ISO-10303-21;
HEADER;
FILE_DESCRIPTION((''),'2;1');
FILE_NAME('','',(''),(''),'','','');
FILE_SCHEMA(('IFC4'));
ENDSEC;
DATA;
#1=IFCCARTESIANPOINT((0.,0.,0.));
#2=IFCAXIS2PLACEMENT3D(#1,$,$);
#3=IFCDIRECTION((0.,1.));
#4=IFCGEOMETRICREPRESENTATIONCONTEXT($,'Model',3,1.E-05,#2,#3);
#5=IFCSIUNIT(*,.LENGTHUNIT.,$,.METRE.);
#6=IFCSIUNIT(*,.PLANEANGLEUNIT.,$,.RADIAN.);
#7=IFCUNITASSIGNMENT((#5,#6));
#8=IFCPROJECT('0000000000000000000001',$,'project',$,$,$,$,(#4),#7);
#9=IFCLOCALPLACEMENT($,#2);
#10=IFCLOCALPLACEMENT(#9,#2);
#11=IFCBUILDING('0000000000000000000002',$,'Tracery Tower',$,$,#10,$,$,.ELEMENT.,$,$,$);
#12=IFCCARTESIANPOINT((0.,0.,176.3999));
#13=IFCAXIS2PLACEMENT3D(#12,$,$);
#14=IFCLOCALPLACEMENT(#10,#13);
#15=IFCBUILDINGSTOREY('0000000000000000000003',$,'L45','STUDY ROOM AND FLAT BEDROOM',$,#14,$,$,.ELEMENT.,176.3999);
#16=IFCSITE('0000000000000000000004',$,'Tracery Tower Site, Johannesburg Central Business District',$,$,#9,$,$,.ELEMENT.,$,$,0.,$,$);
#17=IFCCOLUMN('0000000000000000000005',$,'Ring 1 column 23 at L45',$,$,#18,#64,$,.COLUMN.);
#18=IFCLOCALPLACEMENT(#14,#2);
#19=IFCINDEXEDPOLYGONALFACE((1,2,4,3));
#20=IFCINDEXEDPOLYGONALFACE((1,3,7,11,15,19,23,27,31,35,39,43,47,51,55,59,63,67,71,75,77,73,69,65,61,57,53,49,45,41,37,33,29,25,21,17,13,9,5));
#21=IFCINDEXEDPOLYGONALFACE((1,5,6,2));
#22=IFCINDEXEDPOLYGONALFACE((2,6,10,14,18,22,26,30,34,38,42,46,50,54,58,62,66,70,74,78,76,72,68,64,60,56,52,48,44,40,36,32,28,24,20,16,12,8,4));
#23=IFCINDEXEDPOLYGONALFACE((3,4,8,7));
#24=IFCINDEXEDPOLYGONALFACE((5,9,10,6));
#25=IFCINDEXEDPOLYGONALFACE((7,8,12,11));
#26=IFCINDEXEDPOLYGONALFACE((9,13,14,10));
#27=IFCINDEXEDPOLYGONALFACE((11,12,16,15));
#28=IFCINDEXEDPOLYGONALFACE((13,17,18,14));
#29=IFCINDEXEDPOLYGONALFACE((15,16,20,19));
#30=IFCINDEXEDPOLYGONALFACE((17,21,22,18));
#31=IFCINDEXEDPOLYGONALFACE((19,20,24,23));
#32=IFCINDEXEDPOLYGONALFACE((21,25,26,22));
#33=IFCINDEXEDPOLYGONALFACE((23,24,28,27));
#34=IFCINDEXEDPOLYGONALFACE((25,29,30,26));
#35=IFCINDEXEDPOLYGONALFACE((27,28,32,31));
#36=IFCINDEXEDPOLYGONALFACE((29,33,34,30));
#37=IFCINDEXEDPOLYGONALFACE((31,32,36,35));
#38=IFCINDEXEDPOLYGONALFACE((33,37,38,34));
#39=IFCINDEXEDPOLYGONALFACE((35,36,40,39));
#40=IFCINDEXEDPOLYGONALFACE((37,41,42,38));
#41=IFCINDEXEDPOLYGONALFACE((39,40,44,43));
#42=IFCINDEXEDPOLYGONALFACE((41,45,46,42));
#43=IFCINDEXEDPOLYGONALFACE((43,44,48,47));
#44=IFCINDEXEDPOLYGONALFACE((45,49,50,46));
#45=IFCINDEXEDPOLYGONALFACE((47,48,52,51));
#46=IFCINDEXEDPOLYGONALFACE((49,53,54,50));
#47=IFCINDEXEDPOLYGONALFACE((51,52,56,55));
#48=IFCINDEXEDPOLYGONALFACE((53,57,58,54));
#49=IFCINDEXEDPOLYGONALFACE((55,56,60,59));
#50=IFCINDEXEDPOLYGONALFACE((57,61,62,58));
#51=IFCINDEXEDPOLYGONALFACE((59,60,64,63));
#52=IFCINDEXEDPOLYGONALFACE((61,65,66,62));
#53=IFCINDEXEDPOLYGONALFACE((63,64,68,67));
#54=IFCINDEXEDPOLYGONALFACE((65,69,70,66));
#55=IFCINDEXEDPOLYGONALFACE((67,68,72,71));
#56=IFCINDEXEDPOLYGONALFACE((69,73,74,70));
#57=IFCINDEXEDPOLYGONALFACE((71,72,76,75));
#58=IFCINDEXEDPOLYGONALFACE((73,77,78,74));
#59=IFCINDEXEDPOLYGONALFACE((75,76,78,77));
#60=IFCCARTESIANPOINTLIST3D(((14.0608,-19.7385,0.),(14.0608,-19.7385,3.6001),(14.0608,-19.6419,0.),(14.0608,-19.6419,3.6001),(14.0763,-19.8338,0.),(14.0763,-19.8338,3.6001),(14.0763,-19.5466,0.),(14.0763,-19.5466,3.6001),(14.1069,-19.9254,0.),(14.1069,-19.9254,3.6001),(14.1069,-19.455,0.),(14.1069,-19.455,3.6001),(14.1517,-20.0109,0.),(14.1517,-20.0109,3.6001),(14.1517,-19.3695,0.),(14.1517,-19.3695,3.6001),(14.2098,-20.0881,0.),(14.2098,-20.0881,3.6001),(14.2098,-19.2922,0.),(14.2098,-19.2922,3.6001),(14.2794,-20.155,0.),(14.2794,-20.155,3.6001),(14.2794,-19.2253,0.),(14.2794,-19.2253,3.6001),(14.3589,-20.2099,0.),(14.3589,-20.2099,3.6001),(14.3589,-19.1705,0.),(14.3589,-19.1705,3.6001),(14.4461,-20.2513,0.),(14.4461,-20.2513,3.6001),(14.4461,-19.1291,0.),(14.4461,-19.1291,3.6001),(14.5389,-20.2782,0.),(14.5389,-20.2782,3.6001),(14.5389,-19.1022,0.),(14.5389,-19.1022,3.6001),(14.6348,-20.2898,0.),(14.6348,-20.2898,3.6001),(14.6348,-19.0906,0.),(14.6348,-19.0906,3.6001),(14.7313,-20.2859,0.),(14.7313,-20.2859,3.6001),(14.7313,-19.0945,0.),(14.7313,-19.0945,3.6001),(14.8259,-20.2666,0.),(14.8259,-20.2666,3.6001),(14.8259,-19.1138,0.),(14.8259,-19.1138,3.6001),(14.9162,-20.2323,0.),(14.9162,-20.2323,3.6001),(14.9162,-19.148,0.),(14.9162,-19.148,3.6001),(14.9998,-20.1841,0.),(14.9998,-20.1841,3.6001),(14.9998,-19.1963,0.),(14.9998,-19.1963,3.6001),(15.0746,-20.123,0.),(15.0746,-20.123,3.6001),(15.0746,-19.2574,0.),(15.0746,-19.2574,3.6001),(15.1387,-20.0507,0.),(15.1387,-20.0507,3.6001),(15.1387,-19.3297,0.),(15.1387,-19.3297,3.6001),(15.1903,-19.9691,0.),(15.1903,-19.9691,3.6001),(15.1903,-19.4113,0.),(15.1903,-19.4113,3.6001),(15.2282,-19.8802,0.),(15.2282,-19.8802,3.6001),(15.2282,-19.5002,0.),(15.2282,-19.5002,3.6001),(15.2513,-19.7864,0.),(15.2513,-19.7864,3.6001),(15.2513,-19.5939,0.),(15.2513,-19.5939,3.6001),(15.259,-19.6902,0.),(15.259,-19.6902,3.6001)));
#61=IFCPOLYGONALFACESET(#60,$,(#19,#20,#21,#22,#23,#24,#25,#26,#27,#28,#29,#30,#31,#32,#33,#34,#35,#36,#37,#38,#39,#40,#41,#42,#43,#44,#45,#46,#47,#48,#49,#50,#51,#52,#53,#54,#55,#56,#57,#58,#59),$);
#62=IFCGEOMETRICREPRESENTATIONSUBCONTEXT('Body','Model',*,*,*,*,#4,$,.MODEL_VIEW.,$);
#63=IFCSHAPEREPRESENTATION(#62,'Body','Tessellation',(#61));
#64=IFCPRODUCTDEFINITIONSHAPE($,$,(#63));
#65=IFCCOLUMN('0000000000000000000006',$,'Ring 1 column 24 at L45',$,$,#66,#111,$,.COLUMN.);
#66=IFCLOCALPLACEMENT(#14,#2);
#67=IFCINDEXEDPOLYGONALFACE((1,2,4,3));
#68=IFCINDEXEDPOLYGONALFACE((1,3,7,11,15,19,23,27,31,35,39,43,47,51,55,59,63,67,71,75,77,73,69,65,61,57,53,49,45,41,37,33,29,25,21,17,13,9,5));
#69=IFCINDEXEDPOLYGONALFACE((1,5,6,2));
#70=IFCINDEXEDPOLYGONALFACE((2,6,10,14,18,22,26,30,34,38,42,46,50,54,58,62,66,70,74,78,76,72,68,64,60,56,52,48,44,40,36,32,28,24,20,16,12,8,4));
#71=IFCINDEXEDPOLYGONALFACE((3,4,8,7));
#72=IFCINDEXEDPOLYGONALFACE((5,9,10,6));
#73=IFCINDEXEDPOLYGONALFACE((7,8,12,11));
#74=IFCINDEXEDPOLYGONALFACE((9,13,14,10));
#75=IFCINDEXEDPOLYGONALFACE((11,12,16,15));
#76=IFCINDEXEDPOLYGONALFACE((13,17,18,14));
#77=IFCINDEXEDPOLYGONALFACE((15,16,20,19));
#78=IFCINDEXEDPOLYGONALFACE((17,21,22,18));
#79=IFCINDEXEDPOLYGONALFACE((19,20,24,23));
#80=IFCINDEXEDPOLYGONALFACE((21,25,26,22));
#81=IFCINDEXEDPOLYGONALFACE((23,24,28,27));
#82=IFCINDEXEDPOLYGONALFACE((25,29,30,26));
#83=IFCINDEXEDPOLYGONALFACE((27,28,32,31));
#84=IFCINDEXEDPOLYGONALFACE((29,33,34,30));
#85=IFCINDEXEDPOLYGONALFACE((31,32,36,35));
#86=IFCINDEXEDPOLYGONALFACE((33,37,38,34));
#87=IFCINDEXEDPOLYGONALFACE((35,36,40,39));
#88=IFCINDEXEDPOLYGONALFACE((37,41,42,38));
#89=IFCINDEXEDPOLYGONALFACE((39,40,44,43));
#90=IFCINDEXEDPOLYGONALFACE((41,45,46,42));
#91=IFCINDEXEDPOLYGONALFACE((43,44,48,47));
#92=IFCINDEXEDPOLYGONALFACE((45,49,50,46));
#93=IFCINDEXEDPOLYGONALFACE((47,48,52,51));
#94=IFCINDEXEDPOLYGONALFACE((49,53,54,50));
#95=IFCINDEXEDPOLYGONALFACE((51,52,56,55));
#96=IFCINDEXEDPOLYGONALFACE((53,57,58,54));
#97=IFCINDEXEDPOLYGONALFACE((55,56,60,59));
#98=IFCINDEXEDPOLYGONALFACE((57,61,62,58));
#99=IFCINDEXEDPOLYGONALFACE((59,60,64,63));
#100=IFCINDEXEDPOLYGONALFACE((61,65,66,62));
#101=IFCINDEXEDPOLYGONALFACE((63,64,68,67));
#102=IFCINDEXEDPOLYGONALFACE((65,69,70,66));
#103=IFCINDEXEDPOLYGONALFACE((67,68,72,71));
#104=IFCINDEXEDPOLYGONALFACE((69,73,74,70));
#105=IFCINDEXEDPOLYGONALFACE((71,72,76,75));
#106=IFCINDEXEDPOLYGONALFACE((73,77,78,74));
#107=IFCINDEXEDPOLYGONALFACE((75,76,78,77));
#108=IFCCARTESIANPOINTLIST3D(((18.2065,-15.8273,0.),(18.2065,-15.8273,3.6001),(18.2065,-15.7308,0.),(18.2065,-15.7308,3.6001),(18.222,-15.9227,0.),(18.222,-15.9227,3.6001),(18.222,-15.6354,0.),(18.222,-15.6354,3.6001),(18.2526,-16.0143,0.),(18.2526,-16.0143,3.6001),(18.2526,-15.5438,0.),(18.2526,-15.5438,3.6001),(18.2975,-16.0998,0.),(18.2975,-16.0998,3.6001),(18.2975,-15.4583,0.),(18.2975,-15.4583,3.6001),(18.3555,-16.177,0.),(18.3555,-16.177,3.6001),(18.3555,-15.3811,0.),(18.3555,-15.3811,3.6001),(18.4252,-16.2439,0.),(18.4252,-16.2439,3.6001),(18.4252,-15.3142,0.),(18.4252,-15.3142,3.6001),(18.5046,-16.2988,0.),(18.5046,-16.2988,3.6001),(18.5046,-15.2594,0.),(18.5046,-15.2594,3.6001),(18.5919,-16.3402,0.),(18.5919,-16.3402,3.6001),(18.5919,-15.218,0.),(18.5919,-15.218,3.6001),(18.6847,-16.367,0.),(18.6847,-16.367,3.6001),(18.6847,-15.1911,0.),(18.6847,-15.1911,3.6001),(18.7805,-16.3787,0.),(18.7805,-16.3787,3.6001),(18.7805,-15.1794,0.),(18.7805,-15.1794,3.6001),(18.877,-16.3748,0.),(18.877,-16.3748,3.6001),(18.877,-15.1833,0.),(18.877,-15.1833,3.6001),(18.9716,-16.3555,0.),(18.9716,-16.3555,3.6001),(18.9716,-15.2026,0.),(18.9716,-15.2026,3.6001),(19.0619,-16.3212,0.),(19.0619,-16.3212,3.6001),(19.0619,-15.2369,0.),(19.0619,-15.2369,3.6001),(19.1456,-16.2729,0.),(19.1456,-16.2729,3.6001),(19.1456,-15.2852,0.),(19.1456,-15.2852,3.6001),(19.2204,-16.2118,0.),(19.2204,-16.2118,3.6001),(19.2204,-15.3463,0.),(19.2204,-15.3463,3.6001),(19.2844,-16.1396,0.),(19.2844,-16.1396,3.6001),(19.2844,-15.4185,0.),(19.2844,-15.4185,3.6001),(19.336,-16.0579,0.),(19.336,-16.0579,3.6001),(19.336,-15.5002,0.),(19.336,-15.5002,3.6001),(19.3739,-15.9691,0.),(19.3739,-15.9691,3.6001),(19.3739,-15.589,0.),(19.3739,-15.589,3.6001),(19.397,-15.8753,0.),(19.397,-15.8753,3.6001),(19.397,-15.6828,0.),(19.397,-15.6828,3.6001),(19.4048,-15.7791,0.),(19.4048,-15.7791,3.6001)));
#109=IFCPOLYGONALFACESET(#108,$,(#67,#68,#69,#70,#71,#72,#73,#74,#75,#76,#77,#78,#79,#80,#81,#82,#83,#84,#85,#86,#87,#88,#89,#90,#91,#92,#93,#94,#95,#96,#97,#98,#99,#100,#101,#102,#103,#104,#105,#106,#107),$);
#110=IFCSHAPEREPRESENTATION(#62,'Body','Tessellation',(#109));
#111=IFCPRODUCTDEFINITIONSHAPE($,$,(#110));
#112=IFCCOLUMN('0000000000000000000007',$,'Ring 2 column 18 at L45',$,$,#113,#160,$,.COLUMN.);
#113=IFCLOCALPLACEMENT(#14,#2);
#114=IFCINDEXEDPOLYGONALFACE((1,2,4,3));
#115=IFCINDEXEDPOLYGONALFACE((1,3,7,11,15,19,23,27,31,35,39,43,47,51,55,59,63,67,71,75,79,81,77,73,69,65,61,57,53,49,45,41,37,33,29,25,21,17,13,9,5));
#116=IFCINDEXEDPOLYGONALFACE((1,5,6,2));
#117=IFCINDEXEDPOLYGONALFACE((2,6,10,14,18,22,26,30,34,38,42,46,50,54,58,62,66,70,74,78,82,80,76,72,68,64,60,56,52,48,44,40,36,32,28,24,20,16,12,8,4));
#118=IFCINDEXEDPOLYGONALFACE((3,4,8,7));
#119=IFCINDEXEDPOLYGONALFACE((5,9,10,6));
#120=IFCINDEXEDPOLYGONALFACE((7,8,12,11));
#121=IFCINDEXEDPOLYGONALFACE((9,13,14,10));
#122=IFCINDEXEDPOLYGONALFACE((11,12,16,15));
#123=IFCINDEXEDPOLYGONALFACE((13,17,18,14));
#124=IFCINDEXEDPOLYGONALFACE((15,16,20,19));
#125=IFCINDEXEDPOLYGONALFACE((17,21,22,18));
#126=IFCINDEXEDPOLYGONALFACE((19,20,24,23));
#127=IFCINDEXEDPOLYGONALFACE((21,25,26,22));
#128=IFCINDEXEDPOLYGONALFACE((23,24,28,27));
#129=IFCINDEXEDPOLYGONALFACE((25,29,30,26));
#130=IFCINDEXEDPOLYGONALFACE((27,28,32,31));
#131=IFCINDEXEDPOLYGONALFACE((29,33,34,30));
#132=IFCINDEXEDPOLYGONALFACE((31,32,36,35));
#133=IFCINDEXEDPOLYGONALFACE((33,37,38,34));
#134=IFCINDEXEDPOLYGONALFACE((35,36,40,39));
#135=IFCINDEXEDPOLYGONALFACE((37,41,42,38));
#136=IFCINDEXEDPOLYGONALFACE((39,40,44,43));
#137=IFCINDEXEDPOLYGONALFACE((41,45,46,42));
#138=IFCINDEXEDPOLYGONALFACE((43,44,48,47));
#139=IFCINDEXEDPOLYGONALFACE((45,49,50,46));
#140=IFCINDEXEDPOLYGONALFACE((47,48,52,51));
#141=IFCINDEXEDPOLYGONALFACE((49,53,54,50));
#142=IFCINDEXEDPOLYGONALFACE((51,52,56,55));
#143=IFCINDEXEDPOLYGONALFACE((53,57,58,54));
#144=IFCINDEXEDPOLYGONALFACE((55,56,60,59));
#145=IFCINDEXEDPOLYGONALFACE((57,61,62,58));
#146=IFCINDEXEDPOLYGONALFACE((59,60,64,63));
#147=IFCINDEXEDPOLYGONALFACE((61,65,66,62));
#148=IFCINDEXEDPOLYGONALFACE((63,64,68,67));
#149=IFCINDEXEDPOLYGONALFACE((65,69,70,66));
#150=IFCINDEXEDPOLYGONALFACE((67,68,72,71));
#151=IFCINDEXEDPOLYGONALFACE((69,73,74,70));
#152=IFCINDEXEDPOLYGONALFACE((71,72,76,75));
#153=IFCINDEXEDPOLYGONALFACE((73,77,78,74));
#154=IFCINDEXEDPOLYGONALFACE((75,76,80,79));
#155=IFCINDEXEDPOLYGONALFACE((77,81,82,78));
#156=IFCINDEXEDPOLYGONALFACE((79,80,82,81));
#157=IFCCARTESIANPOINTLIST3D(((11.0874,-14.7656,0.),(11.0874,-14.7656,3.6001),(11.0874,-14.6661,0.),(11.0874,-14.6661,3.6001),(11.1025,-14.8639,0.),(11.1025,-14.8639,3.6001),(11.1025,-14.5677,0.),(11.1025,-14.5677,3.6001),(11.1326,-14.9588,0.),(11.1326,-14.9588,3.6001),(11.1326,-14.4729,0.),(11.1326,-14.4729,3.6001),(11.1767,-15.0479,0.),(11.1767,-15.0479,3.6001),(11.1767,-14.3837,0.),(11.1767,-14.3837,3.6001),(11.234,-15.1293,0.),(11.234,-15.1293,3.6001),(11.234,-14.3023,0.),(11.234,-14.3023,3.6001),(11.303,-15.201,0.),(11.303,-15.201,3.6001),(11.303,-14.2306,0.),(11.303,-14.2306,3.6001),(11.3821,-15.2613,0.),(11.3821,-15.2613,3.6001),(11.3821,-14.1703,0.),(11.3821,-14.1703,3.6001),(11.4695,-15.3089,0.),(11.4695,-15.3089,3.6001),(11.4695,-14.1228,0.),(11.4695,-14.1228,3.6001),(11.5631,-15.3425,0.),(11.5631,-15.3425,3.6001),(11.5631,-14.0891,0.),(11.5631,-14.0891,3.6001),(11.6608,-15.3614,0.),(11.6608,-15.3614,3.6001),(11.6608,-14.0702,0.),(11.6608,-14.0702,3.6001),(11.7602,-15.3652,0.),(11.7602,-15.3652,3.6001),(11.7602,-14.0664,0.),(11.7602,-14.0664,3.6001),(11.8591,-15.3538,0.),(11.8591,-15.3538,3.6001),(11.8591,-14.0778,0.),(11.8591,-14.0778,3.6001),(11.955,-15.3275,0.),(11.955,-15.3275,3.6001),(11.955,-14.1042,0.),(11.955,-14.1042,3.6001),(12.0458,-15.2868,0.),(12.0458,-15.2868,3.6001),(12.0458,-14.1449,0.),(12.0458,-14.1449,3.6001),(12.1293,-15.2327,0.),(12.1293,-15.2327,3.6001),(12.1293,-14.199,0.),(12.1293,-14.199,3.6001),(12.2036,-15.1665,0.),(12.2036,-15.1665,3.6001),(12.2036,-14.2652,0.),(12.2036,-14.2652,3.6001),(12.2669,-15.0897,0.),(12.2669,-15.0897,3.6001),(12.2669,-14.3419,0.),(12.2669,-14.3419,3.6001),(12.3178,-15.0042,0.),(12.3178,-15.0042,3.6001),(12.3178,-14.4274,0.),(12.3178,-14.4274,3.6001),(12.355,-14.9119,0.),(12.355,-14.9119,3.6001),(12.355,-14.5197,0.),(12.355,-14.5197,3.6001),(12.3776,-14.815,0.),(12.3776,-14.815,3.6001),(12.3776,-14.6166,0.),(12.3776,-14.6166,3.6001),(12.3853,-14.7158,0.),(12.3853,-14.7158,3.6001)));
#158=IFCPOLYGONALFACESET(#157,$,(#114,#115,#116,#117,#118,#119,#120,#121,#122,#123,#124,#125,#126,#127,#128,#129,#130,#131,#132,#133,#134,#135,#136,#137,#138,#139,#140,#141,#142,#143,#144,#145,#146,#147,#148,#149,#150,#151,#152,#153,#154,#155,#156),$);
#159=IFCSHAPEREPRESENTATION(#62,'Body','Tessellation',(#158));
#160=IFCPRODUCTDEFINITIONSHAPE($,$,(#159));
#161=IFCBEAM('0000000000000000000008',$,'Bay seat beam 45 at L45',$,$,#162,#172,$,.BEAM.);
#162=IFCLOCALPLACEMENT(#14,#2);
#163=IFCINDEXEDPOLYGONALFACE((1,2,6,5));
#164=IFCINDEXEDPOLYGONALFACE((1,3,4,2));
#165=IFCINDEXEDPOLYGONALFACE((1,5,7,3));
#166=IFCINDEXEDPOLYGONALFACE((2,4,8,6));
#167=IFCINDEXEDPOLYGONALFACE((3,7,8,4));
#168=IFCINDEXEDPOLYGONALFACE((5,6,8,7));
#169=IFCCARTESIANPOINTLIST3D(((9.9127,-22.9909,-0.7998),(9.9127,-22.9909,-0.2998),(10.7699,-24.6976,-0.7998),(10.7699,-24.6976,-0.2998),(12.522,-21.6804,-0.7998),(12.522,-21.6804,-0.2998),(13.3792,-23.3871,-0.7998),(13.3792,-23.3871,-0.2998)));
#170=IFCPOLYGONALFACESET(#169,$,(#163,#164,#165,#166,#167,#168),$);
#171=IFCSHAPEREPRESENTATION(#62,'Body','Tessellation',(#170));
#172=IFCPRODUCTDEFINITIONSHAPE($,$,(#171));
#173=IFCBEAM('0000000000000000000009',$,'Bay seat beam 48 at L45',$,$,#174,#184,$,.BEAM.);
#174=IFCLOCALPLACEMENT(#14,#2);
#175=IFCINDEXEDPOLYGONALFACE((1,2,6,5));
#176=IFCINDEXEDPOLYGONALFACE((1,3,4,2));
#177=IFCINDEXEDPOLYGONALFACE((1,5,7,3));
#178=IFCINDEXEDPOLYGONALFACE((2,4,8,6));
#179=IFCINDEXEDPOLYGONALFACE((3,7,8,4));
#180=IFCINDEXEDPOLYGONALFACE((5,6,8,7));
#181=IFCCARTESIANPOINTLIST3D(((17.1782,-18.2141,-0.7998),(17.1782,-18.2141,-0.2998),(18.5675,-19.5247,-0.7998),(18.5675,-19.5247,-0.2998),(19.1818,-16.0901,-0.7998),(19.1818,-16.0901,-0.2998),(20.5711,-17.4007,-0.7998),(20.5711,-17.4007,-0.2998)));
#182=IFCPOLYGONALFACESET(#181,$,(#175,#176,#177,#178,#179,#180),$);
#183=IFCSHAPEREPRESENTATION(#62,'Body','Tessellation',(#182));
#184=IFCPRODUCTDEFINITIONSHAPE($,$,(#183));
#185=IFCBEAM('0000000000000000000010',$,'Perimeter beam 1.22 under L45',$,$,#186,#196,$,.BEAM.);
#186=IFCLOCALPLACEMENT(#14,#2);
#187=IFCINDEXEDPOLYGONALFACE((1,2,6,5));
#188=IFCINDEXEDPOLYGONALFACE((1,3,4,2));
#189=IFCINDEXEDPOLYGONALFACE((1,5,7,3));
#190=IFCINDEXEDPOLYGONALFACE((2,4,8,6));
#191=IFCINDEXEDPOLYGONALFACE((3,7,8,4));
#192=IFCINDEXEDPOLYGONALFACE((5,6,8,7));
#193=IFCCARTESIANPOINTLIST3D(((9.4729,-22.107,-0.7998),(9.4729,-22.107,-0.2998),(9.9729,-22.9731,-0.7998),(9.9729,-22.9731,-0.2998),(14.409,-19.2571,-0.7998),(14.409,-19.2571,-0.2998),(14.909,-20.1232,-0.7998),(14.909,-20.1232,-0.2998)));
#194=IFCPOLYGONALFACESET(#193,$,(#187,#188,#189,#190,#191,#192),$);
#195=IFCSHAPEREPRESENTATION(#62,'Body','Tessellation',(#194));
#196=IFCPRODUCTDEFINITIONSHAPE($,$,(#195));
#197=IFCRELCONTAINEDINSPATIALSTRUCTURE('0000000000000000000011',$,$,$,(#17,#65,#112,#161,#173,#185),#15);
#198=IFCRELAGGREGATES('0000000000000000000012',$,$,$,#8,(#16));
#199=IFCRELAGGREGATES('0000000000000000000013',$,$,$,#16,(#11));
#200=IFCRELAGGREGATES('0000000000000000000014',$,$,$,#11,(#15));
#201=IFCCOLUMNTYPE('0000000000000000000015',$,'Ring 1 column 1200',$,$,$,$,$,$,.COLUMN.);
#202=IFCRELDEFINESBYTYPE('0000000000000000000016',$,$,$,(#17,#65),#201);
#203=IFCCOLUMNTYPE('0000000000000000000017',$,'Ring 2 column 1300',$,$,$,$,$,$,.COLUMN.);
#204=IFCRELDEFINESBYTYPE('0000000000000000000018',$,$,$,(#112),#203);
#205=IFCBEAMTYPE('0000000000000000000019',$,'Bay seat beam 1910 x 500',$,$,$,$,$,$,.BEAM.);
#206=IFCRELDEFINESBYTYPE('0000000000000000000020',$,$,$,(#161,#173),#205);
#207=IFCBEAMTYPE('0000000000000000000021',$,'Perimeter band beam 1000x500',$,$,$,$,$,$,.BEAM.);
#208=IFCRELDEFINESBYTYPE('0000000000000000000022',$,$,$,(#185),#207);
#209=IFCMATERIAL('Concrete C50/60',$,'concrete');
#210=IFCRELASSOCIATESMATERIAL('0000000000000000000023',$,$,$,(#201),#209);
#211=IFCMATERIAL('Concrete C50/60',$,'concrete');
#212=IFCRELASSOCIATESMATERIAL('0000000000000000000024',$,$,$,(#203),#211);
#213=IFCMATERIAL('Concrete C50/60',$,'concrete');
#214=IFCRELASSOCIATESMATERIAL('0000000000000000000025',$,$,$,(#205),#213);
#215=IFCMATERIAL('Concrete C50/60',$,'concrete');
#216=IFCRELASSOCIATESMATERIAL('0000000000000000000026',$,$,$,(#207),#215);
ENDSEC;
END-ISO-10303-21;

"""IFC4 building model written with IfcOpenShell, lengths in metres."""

from ifc_helpers import new_model, si_unit, direction, frame, origin, origin_2d, place, context, subcontext, project, spatial, rectangle, circle, extrude, material, material_profile, profile_set, type_object, element, save


model = new_model("IFC4")

# Units and contexts
model_context = context("Model", 3, precision=1e-05, world=origin(), true_north=direction((0.0, 1.0)))
body_context = subcontext(model_context, "Body", "Model", "MODEL_VIEW")
ifc_project = project(units=[si_unit("LENGTHUNIT", "METRE"), si_unit("PLANEANGLEUNIT", "RADIAN")], contexts=[model_context])

# Site, building, storey
site_placement = place(None, origin())
site = spatial("IfcSite", under=ifc_project, at=site_placement, Name="Tracery Tower Site, Johannesburg Central Business District", CompositionType="ELEMENT", RefElevation=0.0)
building_placement = place(site_placement, origin())
building = spatial("IfcBuilding", under=site, at=building_placement, Name="Tracery Tower", CompositionType="ELEMENT")
storey_placement = place(building_placement, frame((0.0, 0.0, 176.3999)))
storey = spatial("IfcBuildingStorey", under=building, at=storey_placement, Name="L45", Description="STUDY ROOM AND FLAT BEDROOM", CompositionType="ELEMENT", Elevation=176.3999)

# Columns
ifc_material_1 = material(Name="Concrete C50/60", Category="concrete")
ifc_material_profile_1 = material_profile(ifc_material_1, circle(Radius=0.6001, at=origin_2d()), Name="RC D1200")
ifc_profile_set_1 = profile_set([ifc_material_profile_1], Name="Concrete C50/60")
column_type_1 = type_object("IfcColumnType", Name="Ring 1 column 1200", PredefinedType="COLUMN", material=ifc_profile_set_1)
for number, where, z_axis, x_axis, name in (
    (1, (14.6589, -19.6902, 0.0), (0.0, 0.0, 1.0), (1.0, 0.0, 0.0), "Ring 1 column 23 at L45"),
    (2, (18.8047, -15.7791, 0.0), (0.0, 0.0, 1.0), (1.0, 0.0, 0.0), "Ring 1 column 24 at L45"),
):
    element("IfcColumn", number, at=place(storey_placement, frame(where, z_axis=z_axis, x_axis=x_axis)), inside=storey, type_object=column_type_1, Name=name, PredefinedType="COLUMN", context=body_context, shape_type="SweptSolid", body=[
        extrude(circle(Radius=0.6001, at=origin_2d()), origin(), (0.0, 0.0, 1.0), 3.6001),
    ])
ifc_material_2 = material(Name="Concrete C50/60", Category="concrete")
ifc_material_profile_2 = material_profile(ifc_material_2, circle(Radius=0.6499, at=origin_2d()), Name="RC D1300")
ifc_profile_set_2 = profile_set([ifc_material_profile_2], Name="Concrete C50/60")
column_type_2 = type_object("IfcColumnType", Name="Ring 2 column 1300", PredefinedType="COLUMN", material=ifc_profile_set_2)
column_placement = place(storey_placement, frame((11.7354, -14.7158, 0.0), z_axis=(0.0, 0.0, 1.0), x_axis=(1.0, 0.0, 0.0)))
element("IfcColumn", 3, at=column_placement, inside=storey, type_object=column_type_2, Name="Ring 2 column 18 at L45", PredefinedType="COLUMN", context=body_context, shape_type="SweptSolid", body=[
    extrude(circle(Radius=0.6499, at=origin_2d()), origin(), (0.0, 0.0, 1.0), 3.6001),
])

# Beams
ifc_material_3 = material(Name="Concrete C50/60", Category="concrete")
ifc_material_profile_3 = material_profile(ifc_material_3, rectangle(XDim=1.9099, YDim=0.5, at=origin_2d()), Name="RC 1910x500")
ifc_profile_set_3 = profile_set([ifc_material_profile_3], Name="Concrete C50/60")
beam_type_1 = type_object("IfcBeamType", Name="Bay seat beam 1910 x 500", PredefinedType="BEAM", material=ifc_profile_set_3)
for number, where, z_axis, x_axis, name in (
    (4, (10.3413, -23.8442, -0.5498), (0.893623, 0.448818, 0.0), (-0.448818, 0.893623, 0.0), "Bay seat beam 45 at L45"),
    (5, (17.8728, -18.8694, -0.5498), (0.686196, 0.727416, 0.0), (-0.727416, 0.686196, 0.0), "Bay seat beam 48 at L45"),
):
    element("IfcBeam", number, at=place(storey_placement, frame(where, z_axis=z_axis, x_axis=x_axis)), inside=storey, type_object=beam_type_1, Name=name, PredefinedType="BEAM", context=body_context, shape_type="SweptSolid", body=[
        extrude(rectangle(XDim=1.9099, YDim=0.5, at=origin_2d()), origin(), (0.0, 0.0, 1.0), 2.9199),
    ])
ifc_material_4 = material(Name="Concrete C50/60", Category="concrete")
ifc_material_profile_4 = material_profile(ifc_material_4, rectangle(XDim=1.0, YDim=0.5, at=origin_2d()), Name="RC 1000x500")
ifc_profile_set_4 = profile_set([ifc_material_profile_4], Name="Concrete C50/60")
beam_type_2 = type_object("IfcBeamType", Name="Perimeter band beam 1000x500", PredefinedType="BEAM", material=ifc_profile_set_4)
beam_placement = place(storey_placement, frame((9.7229, -22.54, -0.5498), z_axis=(0.866023, 0.500004, 0.0), x_axis=(-0.500004, 0.866023, 0.0)))
element("IfcBeam", 6, at=beam_placement, inside=storey, type_object=beam_type_2, Name="Perimeter beam 1.22 under L45", PredefinedType="BEAM", context=body_context, shape_type="SweptSolid", body=[
    extrude(rectangle(XDim=1.0, YDim=0.5, at=origin_2d()), origin(), (0.0, 0.0, 1.0), 5.6997),
])

save(model, "model.ifc")
